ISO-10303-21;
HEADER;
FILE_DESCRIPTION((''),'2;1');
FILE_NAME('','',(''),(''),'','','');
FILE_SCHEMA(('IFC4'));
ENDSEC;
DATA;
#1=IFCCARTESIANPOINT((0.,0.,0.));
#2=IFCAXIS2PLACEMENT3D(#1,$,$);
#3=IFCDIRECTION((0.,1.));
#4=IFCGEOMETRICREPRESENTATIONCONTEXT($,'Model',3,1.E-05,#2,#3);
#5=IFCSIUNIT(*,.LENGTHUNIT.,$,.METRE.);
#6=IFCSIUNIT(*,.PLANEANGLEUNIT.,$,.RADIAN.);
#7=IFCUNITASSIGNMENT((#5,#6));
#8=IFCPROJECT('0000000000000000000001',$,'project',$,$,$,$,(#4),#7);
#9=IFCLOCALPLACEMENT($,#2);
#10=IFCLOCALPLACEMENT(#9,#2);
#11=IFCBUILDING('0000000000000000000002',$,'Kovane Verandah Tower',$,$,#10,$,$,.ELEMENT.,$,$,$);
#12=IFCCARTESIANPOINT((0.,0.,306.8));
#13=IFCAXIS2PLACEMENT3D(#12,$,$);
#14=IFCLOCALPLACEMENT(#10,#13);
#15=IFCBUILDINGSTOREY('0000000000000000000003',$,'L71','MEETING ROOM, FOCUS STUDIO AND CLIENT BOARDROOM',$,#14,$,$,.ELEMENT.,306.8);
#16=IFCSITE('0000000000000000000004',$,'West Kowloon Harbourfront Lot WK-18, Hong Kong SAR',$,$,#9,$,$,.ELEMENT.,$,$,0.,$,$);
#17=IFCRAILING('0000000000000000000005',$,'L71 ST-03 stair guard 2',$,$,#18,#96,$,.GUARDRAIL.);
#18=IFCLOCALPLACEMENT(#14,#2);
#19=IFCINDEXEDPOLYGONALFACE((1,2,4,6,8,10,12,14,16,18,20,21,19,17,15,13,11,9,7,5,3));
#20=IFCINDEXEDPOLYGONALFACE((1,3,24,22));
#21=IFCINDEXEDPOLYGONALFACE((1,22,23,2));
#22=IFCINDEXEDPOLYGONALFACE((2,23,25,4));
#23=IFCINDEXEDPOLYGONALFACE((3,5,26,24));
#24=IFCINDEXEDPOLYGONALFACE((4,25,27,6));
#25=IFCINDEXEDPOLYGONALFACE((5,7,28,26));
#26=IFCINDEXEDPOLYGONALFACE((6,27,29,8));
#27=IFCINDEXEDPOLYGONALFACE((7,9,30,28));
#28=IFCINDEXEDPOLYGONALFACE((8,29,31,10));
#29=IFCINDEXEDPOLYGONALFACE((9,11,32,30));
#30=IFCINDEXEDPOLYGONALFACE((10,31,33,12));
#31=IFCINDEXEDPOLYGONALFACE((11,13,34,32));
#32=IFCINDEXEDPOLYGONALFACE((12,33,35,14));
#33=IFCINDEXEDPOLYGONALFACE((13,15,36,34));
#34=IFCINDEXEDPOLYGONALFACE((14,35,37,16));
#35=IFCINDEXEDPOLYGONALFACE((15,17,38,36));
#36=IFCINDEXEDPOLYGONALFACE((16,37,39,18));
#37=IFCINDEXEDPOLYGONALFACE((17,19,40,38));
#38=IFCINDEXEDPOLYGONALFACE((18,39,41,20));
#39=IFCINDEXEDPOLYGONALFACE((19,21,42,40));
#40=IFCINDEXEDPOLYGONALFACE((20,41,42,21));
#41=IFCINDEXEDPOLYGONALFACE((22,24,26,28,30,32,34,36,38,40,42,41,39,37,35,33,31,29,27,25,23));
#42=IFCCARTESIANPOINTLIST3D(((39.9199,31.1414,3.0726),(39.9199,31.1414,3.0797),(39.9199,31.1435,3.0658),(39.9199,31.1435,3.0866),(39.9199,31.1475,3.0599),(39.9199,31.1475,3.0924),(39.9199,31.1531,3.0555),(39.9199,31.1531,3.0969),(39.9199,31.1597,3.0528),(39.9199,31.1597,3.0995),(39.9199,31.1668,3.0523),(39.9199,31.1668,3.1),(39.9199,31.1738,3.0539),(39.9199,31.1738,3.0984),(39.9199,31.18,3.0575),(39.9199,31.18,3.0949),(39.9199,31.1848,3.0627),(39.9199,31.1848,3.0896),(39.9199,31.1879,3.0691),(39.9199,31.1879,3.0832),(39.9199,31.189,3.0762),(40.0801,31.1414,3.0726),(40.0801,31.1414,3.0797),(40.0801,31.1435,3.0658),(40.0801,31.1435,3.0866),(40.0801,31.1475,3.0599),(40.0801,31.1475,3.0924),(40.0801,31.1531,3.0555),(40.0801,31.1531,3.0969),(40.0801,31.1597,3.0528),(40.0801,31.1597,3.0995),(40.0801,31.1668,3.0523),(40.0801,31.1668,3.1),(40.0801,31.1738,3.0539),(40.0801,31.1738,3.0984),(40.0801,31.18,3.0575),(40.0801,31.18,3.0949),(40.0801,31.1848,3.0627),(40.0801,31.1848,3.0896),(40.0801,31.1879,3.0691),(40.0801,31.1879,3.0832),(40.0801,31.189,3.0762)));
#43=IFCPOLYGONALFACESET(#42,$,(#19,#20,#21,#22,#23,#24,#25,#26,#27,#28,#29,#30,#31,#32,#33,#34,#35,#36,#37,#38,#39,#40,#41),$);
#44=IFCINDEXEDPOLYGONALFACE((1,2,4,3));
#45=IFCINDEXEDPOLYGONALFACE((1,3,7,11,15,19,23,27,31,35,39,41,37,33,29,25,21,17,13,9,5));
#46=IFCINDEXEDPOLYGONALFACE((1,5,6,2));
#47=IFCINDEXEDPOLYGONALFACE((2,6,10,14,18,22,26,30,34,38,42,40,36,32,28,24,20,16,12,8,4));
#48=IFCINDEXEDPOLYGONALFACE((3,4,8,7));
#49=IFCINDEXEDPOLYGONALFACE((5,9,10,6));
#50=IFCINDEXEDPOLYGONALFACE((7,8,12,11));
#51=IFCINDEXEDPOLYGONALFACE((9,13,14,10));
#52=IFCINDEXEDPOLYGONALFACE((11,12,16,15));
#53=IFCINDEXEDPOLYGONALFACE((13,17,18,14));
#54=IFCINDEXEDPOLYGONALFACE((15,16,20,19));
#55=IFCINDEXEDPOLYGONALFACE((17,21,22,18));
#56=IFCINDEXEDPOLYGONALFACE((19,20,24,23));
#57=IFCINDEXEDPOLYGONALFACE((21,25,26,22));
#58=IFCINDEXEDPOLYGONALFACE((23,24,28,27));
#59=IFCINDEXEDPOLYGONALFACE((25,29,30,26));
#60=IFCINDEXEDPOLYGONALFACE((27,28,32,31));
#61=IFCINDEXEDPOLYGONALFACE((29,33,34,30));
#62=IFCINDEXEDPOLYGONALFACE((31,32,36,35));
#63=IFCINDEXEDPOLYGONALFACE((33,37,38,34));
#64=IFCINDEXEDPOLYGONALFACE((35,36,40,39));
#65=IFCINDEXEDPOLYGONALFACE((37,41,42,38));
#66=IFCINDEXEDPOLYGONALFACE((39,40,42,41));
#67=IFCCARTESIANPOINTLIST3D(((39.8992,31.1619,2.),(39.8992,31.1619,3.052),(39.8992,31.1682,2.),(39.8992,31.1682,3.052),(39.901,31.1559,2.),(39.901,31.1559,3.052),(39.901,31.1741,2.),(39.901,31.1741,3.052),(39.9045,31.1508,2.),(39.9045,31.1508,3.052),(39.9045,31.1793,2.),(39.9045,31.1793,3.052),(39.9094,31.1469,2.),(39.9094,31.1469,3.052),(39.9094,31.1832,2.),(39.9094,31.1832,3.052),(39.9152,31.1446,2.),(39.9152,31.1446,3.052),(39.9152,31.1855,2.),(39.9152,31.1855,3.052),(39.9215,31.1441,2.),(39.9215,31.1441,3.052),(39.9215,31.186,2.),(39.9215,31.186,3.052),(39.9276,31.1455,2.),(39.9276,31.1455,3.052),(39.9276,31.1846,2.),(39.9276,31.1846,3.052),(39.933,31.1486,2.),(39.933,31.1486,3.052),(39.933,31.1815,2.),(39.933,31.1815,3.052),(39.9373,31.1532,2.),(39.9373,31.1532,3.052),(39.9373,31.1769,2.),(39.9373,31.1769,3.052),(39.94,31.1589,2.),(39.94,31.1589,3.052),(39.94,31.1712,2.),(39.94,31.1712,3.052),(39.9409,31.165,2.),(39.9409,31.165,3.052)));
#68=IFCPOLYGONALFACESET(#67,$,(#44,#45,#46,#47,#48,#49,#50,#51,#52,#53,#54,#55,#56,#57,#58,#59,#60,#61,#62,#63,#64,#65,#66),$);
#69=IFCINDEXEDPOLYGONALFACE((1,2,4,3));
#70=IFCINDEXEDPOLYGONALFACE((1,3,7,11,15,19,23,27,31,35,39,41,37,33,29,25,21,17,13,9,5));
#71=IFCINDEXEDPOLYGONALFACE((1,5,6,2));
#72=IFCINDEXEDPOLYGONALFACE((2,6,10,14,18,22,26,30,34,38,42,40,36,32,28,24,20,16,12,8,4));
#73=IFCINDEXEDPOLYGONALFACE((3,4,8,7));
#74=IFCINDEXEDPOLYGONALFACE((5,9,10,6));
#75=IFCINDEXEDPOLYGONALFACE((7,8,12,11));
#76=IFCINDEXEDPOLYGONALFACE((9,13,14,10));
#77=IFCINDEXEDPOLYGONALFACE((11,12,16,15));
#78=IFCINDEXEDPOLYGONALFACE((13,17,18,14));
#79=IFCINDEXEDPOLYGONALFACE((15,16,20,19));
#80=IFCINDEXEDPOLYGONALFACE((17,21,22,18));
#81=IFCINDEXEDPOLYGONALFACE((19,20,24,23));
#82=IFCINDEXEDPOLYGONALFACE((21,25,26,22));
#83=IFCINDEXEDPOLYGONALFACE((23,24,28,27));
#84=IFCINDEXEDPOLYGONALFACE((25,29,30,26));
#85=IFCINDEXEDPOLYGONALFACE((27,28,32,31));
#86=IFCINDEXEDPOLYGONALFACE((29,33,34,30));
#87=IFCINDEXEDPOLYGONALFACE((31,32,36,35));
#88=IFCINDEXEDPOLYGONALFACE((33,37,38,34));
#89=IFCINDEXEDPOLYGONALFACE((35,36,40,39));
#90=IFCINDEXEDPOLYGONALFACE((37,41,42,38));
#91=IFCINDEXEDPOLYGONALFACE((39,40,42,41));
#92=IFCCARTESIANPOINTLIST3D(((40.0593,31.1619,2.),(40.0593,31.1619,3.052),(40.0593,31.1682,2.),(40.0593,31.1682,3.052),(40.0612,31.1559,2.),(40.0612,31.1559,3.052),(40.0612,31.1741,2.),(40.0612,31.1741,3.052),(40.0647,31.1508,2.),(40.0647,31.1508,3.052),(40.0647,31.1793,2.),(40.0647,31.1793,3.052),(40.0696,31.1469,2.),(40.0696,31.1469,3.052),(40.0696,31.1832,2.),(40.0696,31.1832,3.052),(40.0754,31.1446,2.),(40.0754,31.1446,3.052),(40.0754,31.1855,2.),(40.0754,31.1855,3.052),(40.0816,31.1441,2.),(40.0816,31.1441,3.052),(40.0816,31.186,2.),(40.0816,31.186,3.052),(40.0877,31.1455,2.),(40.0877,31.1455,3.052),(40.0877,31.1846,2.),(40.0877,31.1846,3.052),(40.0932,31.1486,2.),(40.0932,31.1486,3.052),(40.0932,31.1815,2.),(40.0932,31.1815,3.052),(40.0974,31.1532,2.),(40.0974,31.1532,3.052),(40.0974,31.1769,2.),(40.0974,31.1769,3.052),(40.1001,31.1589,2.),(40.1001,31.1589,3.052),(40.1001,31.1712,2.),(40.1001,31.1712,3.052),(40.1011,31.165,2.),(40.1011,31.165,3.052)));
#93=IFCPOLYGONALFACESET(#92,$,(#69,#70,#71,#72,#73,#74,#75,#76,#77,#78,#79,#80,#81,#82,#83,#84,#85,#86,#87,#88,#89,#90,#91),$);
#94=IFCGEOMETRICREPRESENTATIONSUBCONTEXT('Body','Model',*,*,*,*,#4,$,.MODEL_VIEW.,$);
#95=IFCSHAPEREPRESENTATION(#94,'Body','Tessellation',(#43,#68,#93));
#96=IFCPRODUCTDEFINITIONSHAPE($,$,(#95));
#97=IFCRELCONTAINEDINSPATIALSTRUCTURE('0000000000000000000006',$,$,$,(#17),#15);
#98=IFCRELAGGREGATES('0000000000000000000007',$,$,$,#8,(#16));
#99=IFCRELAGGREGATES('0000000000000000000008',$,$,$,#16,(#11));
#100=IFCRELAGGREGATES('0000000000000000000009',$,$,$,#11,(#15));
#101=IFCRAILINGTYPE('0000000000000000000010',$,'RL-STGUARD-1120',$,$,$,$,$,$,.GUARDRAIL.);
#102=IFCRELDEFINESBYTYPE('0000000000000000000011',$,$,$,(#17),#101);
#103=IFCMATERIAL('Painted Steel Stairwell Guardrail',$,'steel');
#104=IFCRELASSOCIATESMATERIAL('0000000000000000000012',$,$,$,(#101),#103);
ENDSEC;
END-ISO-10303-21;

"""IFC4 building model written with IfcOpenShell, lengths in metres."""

from ifc_helpers import new_model, si_unit, direction, frame, origin, origin_2d, place, context, subcontext, project, spatial, circle, extrude, material, type_object, element, save


model = new_model("IFC4")

# Units and contexts
model_context = context("Model", 3, precision=1e-05, world=origin(), true_north=direction((0.0, 1.0)))
body_context = subcontext(model_context, "Body", "Model", "MODEL_VIEW")
ifc_project = project(units=[si_unit("LENGTHUNIT", "METRE"), si_unit("PLANEANGLEUNIT", "RADIAN")], contexts=[model_context])

# Site, building, storey
site_placement = place(None, origin())
site = spatial("IfcSite", under=ifc_project, at=site_placement, Name="West Kowloon Harbourfront Lot WK-18, Hong Kong SAR", CompositionType="ELEMENT", RefElevation=0.0)
building_placement = place(site_placement, origin())
building = spatial("IfcBuilding", under=site, at=building_placement, Name="Kovane Verandah Tower", CompositionType="ELEMENT")
storey_placement = place(building_placement, frame((0.0, 0.0, 306.8)))
storey = spatial("IfcBuildingStorey", under=building, at=storey_placement, Name="L71", Description="MEETING ROOM, FOCUS STUDIO AND CLIENT BOARDROOM", CompositionType="ELEMENT", Elevation=306.8)

# Railing
ifc_material_1 = material(Name="Painted Steel Stairwell Guardrail", Category="steel")
railing_type_1 = type_object("IfcRailingType", Name="RL-STGUARD-1120", PredefinedType="GUARDRAIL", material=ifc_material_1)
railing_1_placement = place(storey_placement, frame((39.9199, 31.165, 2.0)))
element("IfcRailing", 1, at=railing_1_placement, inside=storey, type_object=railing_type_1, Name="L71 ST-03 stair guard 2", PredefinedType="GUARDRAIL", context=body_context, shape_type="SweptSolid", body=[
    extrude(circle(Radius=0.0239, at=origin_2d()), frame((0.0, 0.0, 1.0762), z_axis=(1.0, 0.0, 0.0), x_axis=(0.0, 1.0, 0.0)), (0.0, 0.0, 1.0), 0.1602),
    extrude(circle(Radius=0.021, at=origin_2d()), origin(), (0.0, 0.0, 1.0), 1.052),
    extrude(circle(Radius=0.021, at=origin_2d()), frame((0.1602, 0.0, 0.0)), (0.0, 0.0, 1.0), 1.052),
])

save(model, "model.ifc")
